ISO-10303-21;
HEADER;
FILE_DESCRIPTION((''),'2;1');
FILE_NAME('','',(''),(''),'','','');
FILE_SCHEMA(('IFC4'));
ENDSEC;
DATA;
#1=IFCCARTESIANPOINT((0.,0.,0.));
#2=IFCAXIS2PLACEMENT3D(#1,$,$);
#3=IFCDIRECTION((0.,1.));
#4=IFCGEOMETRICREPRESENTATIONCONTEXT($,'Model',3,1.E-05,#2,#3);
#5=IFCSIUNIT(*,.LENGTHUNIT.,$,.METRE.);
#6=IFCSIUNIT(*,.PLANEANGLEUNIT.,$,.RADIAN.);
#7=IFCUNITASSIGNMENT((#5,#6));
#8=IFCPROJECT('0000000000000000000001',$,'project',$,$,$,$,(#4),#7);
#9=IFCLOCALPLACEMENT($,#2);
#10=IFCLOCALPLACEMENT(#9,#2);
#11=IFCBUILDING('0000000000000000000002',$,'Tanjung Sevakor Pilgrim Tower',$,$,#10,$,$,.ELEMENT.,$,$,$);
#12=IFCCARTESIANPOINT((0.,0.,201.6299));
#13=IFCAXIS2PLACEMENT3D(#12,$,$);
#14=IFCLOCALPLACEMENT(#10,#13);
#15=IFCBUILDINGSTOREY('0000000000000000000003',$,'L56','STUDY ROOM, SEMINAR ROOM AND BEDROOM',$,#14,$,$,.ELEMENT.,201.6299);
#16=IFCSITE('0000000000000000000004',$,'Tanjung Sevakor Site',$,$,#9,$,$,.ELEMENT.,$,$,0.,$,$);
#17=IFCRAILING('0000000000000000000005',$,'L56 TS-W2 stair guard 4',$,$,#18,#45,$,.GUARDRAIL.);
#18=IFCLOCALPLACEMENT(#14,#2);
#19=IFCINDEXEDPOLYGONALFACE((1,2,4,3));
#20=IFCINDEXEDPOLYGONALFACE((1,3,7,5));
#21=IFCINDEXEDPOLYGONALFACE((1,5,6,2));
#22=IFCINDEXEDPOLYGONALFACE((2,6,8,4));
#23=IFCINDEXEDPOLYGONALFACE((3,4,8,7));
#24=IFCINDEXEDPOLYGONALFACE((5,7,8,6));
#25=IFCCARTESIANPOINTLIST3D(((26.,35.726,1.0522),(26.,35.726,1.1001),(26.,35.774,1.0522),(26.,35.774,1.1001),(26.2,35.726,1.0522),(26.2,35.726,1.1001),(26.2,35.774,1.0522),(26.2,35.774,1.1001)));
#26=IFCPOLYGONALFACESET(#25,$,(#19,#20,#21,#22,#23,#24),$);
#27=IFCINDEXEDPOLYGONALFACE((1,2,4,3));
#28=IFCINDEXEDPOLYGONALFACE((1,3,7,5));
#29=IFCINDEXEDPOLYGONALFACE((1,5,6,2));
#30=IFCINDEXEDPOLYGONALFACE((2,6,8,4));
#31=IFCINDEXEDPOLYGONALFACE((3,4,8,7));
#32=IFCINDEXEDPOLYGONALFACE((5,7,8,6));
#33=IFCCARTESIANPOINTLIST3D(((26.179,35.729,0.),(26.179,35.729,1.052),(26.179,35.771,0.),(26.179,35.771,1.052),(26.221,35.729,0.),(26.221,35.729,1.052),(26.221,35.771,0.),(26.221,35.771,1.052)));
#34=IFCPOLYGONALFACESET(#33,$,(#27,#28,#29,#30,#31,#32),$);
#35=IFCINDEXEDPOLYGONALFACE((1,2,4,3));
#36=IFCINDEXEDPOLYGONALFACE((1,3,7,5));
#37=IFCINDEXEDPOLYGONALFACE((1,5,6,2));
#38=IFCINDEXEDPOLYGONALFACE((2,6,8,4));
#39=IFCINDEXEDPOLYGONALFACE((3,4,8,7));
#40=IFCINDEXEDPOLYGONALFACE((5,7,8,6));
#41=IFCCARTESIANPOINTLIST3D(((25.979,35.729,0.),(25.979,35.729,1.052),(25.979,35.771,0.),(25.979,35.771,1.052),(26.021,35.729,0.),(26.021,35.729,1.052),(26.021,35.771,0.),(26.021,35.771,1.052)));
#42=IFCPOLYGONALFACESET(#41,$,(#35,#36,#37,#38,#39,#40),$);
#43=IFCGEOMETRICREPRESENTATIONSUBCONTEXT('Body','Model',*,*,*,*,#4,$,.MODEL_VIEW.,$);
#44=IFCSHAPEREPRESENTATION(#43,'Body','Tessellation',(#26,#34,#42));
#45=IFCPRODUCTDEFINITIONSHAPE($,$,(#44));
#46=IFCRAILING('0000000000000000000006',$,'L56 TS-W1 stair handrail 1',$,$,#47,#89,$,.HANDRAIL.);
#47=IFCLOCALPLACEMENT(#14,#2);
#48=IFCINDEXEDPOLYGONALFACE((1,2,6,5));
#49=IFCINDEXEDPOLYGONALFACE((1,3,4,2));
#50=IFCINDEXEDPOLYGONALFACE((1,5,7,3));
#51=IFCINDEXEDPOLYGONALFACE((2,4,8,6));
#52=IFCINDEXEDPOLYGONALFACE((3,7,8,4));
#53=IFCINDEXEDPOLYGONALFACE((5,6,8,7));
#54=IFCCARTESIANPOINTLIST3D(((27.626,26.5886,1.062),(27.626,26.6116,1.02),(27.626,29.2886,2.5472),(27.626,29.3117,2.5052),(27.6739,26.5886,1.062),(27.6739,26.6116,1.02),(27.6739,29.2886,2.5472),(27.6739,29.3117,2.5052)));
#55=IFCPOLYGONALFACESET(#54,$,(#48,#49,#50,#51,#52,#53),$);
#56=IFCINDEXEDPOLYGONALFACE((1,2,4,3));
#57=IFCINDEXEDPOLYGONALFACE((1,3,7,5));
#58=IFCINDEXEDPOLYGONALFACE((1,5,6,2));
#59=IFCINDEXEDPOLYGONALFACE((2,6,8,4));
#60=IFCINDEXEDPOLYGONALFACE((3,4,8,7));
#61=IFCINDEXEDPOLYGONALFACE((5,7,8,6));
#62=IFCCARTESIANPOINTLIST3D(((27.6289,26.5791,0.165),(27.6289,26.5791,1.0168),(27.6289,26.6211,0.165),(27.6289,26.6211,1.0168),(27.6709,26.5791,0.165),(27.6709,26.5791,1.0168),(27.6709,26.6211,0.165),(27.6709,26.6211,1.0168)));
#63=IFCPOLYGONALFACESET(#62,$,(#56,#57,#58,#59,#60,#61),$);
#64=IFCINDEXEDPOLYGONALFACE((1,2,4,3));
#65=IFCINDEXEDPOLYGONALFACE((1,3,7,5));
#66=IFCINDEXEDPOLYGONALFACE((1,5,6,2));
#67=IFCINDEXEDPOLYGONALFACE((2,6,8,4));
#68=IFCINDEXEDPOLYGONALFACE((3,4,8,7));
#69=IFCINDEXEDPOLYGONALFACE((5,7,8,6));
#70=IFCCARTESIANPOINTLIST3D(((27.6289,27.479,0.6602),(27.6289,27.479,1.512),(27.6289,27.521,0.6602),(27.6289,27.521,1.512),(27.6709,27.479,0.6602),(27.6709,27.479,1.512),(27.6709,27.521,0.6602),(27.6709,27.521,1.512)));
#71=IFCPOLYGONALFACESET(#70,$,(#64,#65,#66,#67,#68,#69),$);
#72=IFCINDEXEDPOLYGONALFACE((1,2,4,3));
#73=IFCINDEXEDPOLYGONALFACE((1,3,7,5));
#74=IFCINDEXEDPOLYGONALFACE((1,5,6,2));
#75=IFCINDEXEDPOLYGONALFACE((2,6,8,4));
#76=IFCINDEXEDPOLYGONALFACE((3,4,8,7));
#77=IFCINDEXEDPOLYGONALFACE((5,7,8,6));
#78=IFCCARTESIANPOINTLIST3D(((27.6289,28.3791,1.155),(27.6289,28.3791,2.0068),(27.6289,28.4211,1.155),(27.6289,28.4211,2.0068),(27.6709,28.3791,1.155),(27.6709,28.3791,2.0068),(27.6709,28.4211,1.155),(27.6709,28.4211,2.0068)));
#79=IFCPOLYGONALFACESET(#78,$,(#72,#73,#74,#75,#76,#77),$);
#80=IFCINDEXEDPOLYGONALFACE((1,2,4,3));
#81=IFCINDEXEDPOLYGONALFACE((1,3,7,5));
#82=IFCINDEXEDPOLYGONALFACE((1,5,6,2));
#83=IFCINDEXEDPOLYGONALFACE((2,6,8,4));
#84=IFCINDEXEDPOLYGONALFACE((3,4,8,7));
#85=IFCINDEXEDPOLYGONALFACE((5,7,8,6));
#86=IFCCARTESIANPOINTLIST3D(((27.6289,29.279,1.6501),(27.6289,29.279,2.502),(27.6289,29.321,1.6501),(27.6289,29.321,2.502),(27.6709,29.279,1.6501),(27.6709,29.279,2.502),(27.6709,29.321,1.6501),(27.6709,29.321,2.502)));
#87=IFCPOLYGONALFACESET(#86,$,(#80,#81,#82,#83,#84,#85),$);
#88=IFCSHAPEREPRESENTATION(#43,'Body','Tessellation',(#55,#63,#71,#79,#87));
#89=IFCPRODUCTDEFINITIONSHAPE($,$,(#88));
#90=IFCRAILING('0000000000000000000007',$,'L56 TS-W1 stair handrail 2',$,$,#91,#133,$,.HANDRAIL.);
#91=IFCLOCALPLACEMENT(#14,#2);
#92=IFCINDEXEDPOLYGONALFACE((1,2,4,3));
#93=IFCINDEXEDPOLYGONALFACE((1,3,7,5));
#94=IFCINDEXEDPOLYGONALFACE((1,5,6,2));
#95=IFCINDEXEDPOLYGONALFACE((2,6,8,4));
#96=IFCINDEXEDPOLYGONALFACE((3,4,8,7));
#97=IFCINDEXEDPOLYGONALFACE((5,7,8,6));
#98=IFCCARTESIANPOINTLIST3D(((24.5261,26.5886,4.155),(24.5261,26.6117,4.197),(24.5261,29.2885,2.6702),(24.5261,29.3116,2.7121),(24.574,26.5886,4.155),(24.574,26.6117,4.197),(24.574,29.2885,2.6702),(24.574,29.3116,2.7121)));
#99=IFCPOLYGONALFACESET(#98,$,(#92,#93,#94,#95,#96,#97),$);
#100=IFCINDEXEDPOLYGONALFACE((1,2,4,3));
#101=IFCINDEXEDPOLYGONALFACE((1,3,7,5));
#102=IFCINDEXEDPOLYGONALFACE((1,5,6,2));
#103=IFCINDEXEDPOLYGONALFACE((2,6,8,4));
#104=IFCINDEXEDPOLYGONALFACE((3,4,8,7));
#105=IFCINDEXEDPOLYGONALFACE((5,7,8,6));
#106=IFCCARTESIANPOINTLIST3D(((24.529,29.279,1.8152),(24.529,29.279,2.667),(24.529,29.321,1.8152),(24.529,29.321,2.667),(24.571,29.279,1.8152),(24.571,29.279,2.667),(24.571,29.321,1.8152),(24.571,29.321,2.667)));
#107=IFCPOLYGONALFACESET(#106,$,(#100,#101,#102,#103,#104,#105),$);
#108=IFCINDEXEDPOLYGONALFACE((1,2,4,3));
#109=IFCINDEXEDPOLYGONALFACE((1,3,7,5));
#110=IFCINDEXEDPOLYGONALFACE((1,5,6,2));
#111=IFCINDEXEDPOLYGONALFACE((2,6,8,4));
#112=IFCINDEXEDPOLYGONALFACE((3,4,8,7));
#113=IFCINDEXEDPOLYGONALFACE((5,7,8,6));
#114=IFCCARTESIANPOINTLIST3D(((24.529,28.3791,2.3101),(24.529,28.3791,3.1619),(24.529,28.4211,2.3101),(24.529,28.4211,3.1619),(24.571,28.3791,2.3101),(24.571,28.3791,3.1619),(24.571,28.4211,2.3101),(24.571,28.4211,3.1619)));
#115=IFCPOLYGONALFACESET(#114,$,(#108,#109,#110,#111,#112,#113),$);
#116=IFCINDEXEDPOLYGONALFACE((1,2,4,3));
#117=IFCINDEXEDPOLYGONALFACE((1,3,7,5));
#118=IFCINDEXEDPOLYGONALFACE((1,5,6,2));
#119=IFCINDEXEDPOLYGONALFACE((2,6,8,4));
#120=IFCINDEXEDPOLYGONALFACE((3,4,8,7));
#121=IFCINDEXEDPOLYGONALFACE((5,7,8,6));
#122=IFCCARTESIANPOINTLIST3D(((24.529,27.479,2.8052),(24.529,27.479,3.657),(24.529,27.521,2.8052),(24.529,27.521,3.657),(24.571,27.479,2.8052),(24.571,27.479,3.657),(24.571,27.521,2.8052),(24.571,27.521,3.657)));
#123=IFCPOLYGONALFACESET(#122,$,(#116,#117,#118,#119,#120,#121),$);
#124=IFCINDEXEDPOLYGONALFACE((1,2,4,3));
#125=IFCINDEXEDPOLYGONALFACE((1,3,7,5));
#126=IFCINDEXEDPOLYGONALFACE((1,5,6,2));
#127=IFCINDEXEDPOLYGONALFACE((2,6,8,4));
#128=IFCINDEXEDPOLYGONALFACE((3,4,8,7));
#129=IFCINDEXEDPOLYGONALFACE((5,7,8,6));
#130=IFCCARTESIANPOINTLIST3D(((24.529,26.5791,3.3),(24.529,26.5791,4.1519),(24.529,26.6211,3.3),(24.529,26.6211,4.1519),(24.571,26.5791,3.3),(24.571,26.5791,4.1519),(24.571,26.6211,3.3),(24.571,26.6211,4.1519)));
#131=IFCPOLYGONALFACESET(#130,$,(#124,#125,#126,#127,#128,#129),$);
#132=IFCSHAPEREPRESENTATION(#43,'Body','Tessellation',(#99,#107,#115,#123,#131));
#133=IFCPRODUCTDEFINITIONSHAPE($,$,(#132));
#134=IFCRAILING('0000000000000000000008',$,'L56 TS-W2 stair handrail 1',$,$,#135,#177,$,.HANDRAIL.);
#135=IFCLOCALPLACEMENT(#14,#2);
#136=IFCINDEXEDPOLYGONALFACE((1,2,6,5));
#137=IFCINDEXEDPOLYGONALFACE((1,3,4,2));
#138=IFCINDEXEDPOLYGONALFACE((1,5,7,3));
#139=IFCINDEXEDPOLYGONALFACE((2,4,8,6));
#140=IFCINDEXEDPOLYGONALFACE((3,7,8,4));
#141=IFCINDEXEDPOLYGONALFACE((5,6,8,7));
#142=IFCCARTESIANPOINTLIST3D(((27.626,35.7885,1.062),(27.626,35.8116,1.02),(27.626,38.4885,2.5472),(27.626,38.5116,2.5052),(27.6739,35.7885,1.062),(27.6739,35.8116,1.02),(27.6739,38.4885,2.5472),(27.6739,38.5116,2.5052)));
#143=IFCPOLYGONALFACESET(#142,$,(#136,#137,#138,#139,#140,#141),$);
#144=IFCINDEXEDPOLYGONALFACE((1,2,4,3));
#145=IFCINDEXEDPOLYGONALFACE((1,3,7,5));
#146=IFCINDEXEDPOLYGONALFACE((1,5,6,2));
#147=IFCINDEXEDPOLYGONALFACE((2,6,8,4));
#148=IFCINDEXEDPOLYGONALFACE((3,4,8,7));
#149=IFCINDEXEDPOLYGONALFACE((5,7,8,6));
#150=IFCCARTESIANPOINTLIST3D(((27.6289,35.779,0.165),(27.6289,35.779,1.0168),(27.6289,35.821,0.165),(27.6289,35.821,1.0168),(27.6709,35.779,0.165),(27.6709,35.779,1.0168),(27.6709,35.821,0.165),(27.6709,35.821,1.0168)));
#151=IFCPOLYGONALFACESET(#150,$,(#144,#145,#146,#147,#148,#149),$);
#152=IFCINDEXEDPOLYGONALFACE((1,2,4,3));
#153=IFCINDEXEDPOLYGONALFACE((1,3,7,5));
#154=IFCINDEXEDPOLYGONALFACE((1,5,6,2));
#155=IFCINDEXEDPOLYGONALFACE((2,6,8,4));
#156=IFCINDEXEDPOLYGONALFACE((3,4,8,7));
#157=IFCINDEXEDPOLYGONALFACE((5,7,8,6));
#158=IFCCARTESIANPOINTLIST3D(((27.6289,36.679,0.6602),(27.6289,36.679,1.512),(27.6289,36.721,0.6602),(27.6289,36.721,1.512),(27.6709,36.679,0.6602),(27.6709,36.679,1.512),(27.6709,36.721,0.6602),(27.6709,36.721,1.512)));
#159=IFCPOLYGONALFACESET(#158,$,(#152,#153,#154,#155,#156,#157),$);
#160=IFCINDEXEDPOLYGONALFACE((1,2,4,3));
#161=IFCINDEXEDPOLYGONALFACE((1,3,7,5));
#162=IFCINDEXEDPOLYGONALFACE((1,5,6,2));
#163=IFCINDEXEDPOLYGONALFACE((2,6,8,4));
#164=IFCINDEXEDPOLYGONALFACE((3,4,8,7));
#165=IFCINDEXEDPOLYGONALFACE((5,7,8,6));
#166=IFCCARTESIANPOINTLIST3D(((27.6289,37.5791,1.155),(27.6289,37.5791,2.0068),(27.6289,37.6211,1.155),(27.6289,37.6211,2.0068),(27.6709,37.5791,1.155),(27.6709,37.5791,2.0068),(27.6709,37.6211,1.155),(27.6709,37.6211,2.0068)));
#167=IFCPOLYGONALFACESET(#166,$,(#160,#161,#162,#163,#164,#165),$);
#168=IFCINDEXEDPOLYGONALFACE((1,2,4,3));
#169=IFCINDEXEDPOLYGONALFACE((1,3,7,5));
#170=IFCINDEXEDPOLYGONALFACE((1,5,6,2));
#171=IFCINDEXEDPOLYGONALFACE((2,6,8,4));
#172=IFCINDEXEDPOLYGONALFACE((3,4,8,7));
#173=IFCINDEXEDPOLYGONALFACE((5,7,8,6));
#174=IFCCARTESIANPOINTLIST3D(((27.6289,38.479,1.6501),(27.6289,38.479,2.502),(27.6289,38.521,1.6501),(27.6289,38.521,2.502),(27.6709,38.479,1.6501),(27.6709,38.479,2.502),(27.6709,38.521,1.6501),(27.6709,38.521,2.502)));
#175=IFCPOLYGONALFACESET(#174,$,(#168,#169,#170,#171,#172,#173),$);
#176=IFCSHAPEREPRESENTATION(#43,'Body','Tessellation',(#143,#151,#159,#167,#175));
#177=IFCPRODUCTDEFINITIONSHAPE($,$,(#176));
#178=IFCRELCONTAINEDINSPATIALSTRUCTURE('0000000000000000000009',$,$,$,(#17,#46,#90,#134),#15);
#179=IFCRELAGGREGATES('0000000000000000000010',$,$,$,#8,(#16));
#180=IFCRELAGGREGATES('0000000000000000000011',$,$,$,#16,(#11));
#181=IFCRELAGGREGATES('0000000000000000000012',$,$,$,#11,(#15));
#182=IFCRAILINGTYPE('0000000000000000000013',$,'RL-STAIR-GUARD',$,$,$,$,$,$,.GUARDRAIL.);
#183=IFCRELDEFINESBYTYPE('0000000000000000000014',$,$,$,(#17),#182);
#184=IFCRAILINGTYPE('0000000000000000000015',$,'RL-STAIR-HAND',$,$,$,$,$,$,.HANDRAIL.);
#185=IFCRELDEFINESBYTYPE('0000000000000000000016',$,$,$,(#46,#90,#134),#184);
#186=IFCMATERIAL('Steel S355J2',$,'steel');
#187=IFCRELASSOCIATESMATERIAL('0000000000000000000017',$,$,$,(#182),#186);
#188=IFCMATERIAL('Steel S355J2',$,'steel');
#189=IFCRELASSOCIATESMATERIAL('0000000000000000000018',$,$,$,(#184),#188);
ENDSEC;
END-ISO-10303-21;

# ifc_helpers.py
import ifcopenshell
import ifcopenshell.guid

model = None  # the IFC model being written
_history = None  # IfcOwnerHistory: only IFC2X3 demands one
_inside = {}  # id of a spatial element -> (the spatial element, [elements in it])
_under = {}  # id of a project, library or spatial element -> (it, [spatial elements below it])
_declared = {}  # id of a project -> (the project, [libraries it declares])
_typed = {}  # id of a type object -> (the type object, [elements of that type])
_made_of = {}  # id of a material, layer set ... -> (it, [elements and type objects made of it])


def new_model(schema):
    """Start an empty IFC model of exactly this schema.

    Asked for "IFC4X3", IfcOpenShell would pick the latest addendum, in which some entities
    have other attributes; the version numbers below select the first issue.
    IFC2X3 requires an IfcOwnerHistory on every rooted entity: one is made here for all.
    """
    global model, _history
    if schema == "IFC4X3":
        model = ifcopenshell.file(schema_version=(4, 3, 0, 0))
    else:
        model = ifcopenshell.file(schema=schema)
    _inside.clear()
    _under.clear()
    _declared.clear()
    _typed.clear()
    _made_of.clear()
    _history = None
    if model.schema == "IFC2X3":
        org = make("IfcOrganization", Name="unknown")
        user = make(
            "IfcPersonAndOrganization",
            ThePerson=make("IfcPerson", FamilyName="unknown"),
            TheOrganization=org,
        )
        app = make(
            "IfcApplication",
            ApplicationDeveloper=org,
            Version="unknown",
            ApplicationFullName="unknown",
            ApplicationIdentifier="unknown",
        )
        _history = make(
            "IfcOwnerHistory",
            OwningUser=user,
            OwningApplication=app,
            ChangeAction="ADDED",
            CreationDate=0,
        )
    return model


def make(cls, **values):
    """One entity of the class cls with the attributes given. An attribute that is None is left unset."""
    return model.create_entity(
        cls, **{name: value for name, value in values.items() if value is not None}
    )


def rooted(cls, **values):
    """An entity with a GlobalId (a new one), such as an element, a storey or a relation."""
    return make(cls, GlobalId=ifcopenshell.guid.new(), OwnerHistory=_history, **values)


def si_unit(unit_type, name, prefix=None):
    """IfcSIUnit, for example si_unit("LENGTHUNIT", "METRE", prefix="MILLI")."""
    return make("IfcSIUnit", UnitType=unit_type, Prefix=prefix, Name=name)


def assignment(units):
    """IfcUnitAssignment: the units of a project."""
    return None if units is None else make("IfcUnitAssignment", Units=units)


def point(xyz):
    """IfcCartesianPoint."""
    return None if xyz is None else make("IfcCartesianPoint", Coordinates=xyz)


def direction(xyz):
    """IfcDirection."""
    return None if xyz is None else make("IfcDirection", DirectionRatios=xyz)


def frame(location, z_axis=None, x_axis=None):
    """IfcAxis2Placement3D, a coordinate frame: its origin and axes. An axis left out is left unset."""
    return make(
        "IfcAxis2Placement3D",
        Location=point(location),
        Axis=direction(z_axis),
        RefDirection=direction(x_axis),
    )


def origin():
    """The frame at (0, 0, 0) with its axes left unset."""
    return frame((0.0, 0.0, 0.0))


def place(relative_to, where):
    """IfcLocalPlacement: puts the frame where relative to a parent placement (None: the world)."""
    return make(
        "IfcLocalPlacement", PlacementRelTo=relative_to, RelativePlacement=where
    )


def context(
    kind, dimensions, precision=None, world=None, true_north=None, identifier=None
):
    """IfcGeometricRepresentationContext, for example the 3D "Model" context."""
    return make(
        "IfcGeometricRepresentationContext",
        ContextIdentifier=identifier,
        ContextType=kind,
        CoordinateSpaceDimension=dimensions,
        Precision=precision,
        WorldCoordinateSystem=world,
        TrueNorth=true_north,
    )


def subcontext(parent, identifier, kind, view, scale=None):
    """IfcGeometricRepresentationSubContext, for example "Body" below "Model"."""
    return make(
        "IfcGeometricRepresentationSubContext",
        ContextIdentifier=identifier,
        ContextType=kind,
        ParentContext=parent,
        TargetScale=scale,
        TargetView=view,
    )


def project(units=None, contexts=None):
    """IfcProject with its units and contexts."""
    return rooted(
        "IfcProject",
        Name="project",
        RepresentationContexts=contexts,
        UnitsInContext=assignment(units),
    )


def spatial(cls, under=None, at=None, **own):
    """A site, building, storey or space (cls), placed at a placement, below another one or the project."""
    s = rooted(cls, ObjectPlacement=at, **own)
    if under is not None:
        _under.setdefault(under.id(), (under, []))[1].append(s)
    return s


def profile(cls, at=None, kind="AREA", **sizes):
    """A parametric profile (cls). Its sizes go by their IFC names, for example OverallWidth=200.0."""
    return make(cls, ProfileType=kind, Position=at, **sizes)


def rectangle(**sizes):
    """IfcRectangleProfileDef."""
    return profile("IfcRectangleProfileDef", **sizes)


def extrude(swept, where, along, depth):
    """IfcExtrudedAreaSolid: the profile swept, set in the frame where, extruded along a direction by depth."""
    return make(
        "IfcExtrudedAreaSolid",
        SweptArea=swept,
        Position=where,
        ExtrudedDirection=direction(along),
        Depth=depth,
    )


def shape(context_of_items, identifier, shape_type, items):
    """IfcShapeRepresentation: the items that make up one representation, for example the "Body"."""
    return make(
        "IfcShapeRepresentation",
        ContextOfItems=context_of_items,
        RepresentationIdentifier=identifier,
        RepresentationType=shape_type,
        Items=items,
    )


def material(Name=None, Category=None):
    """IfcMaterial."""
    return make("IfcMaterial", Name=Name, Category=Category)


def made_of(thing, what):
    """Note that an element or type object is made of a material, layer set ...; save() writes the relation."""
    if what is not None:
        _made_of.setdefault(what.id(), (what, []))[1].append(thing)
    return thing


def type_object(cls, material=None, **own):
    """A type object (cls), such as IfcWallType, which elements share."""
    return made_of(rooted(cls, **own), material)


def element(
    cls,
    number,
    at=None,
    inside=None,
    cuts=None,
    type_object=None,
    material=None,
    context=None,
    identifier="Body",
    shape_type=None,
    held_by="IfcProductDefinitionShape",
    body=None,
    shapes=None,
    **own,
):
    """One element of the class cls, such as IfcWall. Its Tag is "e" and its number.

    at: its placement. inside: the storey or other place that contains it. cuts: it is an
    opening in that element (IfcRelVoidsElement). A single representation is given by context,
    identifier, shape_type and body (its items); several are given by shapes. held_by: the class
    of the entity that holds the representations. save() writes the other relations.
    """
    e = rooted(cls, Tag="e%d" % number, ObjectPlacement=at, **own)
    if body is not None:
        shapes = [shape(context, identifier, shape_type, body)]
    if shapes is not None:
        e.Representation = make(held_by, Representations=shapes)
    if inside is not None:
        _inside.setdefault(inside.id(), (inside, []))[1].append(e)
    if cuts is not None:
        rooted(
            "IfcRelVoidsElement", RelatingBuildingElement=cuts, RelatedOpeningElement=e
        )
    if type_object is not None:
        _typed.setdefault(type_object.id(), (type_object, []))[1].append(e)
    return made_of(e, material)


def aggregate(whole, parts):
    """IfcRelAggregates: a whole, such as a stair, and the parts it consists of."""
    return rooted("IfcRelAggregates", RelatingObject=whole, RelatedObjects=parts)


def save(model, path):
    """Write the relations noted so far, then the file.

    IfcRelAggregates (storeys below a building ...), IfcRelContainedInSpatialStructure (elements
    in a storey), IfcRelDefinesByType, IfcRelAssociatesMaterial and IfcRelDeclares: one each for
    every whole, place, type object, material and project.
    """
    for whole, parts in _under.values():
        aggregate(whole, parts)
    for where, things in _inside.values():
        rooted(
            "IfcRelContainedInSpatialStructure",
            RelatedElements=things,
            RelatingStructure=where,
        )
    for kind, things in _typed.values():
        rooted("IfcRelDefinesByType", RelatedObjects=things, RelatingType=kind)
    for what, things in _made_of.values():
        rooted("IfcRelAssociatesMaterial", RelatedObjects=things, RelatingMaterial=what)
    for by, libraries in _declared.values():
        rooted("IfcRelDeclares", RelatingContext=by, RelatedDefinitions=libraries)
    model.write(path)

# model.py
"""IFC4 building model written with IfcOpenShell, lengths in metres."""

from ifc_helpers import new_model, si_unit, direction, frame, origin, place, context, subcontext, project, spatial, rectangle, extrude, material, type_object, element, save


model = new_model("IFC4")

# Units and contexts
model_context = context("Model", 3, precision=1e-05, world=origin(), true_north=direction((0.0, 1.0)))
body_context = subcontext(model_context, "Body", "Model", "MODEL_VIEW")
ifc_project = project(units=[si_unit("LENGTHUNIT", "METRE"), si_unit("PLANEANGLEUNIT", "RADIAN")], contexts=[model_context])

# Site, building, storey
site_placement = place(None, origin())
site = spatial("IfcSite", under=ifc_project, at=site_placement, Name="Tanjung Sevakor Site", CompositionType="ELEMENT", RefElevation=0.0)
building_placement = place(site_placement, origin())
building = spatial("IfcBuilding", under=site, at=building_placement, Name="Tanjung Sevakor Pilgrim Tower", CompositionType="ELEMENT")
storey_placement = place(building_placement, frame((0.0, 0.0, 201.6299)))
storey = spatial("IfcBuildingStorey", under=building, at=storey_placement, Name="L56", Description="STUDY ROOM, SEMINAR ROOM AND BEDROOM", CompositionType="ELEMENT", Elevation=201.6299)

# Railings
ifc_material_1 = material(Name="Steel S355J2", Category="steel")
railing_type_1 = type_object("IfcRailingType", Name="RL-STAIR-GUARD", PredefinedType="GUARDRAIL", material=ifc_material_1)
railing_1_placement = place(storey_placement, frame((26.2, 35.75, 0.0)))
element("IfcRailing", 1, at=railing_1_placement, inside=storey, type_object=railing_type_1, Name="L56 TS-W2 stair guard 4", PredefinedType="GUARDRAIL", context=body_context, shape_type="SweptSolid", body=[
    extrude(rectangle(XDim=0.0479, YDim=0.0479), frame((0.0, 0.0, 1.0762), z_axis=(-1.0, 0.0, 0.0), x_axis=(0.0, -1.0, 0.0)), (0.0, 0.0, 1.0), 0.2),
    extrude(rectangle(XDim=0.042, YDim=0.042), origin(), (0.0, 0.0, 1.0), 1.052),
    extrude(rectangle(XDim=0.042, YDim=0.042), frame((-0.2, 0.0, 0.0)), (0.0, 0.0, 1.0), 1.052),
])
ifc_material_2 = material(Name="Steel S355J2", Category="steel")
railing_type_2 = type_object("IfcRailingType", Name="RL-STAIR-HAND", PredefinedType="HANDRAIL", material=ifc_material_2)
railing_2_placement = place(storey_placement, frame((27.6499, 26.6001, 0.165)))
element("IfcRailing", 2, at=railing_2_placement, inside=storey, type_object=railing_type_2, Name="L56 TS-W1 stair handrail 1", PredefinedType="HANDRAIL", context=body_context, shape_type="SweptSolid", body=[
    extrude(rectangle(XDim=0.0479, YDim=0.0479), frame((0.0, 0.0, 0.876), z_axis=(0.0, 0.876198, 0.481952), x_axis=(-1.0, 0.0, 0.0)), (0.0, 0.0, 1.0), 3.0815),
    extrude(rectangle(XDim=0.042, YDim=0.042), origin(), (0.0, 0.0, 1.0), 0.8518),
    extrude(rectangle(XDim=0.042, YDim=0.042), frame((0.0, 0.8999, 0.4951)), (0.0, 0.0, 1.0), 0.8518),
    extrude(rectangle(XDim=0.042, YDim=0.042), frame((0.0, 1.8, 0.99)), (0.0, 0.0, 1.0), 0.8518),
    extrude(rectangle(XDim=0.042, YDim=0.042), frame((0.0, 2.7, 1.4851)), (0.0, 0.0, 1.0), 0.8518),
])
railing_3_placement = place(storey_placement, frame((24.55, 29.3, 1.8152)))
element("IfcRailing", 3, at=railing_3_placement, inside=storey, type_object=railing_type_2, Name="L56 TS-W1 stair handrail 2", PredefinedType="HANDRAIL", context=body_context, shape_type="SweptSolid", body=[
    extrude(rectangle(XDim=0.0479, YDim=0.0479), frame((0.0, 0.0, 0.876), z_axis=(0.0, -0.876231, 0.481891), x_axis=(1.0, 0.0, 0.0)), (0.0, 0.0, 1.0), 3.0813),
    extrude(rectangle(XDim=0.042, YDim=0.042), origin(), (0.0, 0.0, 1.0), 0.8518),
    extrude(rectangle(XDim=0.042, YDim=0.042), frame((0.0, -0.8999, 0.4949)), (0.0, 0.0, 1.0), 0.8518),
    extrude(rectangle(XDim=0.042, YDim=0.042), frame((0.0, -1.8, 0.99)), (0.0, 0.0, 1.0), 0.8518),
    extrude(rectangle(XDim=0.042, YDim=0.042), frame((0.0, -2.7, 1.4849)), (0.0, 0.0, 1.0), 0.8518),
])
railing_4_placement = place(storey_placement, frame((27.6499, 35.8, 0.165)))
element("IfcRailing", 4, at=railing_4_placement, inside=storey, type_object=railing_type_2, Name="L56 TS-W2 stair handrail 1", PredefinedType="HANDRAIL", context=body_context, shape_type="SweptSolid", body=[
    extrude(rectangle(XDim=0.0479, YDim=0.0479), frame((0.0, 0.0, 0.876), z_axis=(0.0, 0.876198, 0.481952), x_axis=(-1.0, 0.0, 0.0)), (0.0, 0.0, 1.0), 3.0815),
    extrude(rectangle(XDim=0.042, YDim=0.042), origin(), (0.0, 0.0, 1.0), 0.8518),
    extrude(rectangle(XDim=0.042, YDim=0.042), frame((0.0, 0.8999, 0.4951)), (0.0, 0.0, 1.0), 0.8518),
    extrude(rectangle(XDim=0.042, YDim=0.042), frame((0.0, 1.8, 0.99)), (0.0, 0.0, 1.0), 0.8518),
    extrude(rectangle(XDim=0.042, YDim=0.042), frame((0.0, 2.7, 1.4851)), (0.0, 0.0, 1.0), 0.8518),
])

save(model, "model.ifc")
